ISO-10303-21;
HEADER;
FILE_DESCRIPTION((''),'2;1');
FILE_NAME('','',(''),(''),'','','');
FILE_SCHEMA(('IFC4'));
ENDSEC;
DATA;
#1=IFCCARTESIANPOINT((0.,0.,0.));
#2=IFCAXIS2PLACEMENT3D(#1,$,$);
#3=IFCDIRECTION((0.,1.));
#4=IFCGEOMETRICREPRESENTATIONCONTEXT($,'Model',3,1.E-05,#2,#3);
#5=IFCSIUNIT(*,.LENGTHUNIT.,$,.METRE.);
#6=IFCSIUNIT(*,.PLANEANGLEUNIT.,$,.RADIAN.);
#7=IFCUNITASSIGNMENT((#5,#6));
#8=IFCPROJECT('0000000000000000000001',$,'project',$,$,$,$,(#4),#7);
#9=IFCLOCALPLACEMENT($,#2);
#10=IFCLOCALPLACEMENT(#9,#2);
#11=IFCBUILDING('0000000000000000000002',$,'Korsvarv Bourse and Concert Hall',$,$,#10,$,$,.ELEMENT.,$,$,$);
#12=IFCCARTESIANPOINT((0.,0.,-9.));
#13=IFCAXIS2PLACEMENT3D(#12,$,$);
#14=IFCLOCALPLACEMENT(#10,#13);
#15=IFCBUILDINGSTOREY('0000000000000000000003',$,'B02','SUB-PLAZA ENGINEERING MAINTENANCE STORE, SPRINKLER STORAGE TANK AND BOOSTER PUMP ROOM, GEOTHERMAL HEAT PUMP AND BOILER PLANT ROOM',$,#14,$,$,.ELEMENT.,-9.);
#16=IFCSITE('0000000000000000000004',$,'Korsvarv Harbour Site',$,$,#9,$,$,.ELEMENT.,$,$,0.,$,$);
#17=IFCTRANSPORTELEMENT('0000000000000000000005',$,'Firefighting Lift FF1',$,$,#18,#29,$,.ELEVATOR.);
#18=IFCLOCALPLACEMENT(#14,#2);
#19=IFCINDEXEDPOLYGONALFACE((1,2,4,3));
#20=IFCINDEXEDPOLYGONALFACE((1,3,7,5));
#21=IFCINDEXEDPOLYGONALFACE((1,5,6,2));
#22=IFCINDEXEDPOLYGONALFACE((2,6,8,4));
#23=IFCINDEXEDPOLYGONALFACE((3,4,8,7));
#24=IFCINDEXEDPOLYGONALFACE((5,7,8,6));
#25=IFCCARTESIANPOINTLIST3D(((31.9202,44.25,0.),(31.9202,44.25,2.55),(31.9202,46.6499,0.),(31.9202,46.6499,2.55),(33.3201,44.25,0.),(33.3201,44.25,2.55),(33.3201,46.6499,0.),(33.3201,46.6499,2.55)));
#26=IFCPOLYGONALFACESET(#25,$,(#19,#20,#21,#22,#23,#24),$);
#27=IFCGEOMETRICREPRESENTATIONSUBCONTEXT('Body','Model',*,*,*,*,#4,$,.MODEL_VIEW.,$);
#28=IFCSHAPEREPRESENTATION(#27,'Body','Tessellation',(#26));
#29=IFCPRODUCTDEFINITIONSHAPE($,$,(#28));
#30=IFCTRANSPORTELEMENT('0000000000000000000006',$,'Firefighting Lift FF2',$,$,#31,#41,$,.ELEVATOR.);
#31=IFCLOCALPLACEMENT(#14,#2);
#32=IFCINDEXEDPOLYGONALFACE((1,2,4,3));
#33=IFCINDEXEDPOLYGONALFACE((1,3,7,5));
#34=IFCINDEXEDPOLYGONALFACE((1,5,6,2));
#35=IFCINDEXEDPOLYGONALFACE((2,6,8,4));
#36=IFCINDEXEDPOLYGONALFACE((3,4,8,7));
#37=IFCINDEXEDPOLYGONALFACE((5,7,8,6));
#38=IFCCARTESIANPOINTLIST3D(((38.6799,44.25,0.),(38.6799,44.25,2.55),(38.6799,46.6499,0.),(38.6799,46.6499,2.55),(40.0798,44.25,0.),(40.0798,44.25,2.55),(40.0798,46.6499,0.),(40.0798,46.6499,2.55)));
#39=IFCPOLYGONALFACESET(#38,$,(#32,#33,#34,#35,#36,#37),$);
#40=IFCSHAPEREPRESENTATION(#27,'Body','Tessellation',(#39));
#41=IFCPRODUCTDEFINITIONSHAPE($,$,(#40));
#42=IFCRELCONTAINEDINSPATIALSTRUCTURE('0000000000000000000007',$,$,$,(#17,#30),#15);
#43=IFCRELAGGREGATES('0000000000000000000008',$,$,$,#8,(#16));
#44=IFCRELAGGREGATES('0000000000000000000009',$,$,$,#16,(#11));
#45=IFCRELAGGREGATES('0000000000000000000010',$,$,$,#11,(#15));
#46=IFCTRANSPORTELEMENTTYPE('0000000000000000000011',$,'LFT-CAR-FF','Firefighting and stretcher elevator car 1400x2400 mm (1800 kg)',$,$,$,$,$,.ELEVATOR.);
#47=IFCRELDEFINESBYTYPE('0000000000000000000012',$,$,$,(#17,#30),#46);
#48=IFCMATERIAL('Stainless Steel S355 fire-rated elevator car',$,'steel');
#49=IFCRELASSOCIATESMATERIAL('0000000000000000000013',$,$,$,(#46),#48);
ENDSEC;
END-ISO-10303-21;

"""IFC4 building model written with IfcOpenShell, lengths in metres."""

from ifc_helpers import new_model, si_unit, direction, frame, origin, origin_2d, place, context, subcontext, project, spatial, rectangle, extrude, source, transform, mapped, material, type_object, element, save


model = new_model("IFC4")

# Units and contexts
model_context = context("Model", 3, precision=1e-05, world=origin(), true_north=direction((0.0, 1.0)))
body_context = subcontext(model_context, "Body", "Model", "MODEL_VIEW")
ifc_project = project(units=[si_unit("LENGTHUNIT", "METRE"), si_unit("PLANEANGLEUNIT", "RADIAN")], contexts=[model_context])

# Site, building, storey
site_placement = place(None, origin())
site = spatial("IfcSite", under=ifc_project, at=site_placement, Name="Korsvarv Harbour Site", CompositionType="ELEMENT", RefElevation=0.0)
building_placement = place(site_placement, origin())
building = spatial("IfcBuilding", under=site, at=building_placement, Name="Korsvarv Bourse and Concert Hall", CompositionType="ELEMENT")
storey_placement = place(building_placement, frame((0.0, 0.0, -9.0)))
storey = spatial("IfcBuildingStorey", under=building, at=storey_placement, Name="B02", Description="SUB-PLAZA ENGINEERING MAINTENANCE STORE, SPRINKLER STORAGE TANK AND BOOSTER PUMP ROOM, GEOTHERMAL HEAT PUMP AND BOILER PLANT ROOM", CompositionType="ELEMENT", Elevation=-9.0)

# Transport elements
ifc_material_1 = material(Name="Stainless Steel S355 fire-rated elevator car", Category="steel")
transport_element_type = type_object("IfcTransportElementType", Name="LFT-CAR-FF", Description="Firefighting and stretcher elevator car 1400x2400 mm (1800 kg)", PredefinedType="ELEVATOR", material=ifc_material_1)
shared_shape_1 = source(origin(), body_context, "Body", "SweptSolid", [
    extrude(rectangle(XDim=1.3999, YDim=2.3999, at=origin_2d()), origin(), (0.0, 0.0, 1.0), 2.55),
])
for number, where, z_axis, x_axis, name in (
    (1, (32.6201, 45.45, 0.0), (0.0, 0.0, 1.0), (1.0, 0.0, 0.0), "Firefighting Lift FF1"),
    (2, (39.3799, 45.45, 0.0), (0.0, 0.0, 1.0), (1.0, 0.0, 0.0), "Firefighting Lift FF2"),
):
    element("IfcTransportElement", number, at=place(storey_placement, frame(where, z_axis=z_axis, x_axis=x_axis)), inside=storey, type_object=transport_element_type, Name=name, PredefinedType="ELEVATOR", context=body_context, shape_type="MappedRepresentation", body=[
        mapped(shared_shape_1, transform((0.0, 0.0, 0.0), scale=1.0)),
    ])

save(model, "model.ifc")
